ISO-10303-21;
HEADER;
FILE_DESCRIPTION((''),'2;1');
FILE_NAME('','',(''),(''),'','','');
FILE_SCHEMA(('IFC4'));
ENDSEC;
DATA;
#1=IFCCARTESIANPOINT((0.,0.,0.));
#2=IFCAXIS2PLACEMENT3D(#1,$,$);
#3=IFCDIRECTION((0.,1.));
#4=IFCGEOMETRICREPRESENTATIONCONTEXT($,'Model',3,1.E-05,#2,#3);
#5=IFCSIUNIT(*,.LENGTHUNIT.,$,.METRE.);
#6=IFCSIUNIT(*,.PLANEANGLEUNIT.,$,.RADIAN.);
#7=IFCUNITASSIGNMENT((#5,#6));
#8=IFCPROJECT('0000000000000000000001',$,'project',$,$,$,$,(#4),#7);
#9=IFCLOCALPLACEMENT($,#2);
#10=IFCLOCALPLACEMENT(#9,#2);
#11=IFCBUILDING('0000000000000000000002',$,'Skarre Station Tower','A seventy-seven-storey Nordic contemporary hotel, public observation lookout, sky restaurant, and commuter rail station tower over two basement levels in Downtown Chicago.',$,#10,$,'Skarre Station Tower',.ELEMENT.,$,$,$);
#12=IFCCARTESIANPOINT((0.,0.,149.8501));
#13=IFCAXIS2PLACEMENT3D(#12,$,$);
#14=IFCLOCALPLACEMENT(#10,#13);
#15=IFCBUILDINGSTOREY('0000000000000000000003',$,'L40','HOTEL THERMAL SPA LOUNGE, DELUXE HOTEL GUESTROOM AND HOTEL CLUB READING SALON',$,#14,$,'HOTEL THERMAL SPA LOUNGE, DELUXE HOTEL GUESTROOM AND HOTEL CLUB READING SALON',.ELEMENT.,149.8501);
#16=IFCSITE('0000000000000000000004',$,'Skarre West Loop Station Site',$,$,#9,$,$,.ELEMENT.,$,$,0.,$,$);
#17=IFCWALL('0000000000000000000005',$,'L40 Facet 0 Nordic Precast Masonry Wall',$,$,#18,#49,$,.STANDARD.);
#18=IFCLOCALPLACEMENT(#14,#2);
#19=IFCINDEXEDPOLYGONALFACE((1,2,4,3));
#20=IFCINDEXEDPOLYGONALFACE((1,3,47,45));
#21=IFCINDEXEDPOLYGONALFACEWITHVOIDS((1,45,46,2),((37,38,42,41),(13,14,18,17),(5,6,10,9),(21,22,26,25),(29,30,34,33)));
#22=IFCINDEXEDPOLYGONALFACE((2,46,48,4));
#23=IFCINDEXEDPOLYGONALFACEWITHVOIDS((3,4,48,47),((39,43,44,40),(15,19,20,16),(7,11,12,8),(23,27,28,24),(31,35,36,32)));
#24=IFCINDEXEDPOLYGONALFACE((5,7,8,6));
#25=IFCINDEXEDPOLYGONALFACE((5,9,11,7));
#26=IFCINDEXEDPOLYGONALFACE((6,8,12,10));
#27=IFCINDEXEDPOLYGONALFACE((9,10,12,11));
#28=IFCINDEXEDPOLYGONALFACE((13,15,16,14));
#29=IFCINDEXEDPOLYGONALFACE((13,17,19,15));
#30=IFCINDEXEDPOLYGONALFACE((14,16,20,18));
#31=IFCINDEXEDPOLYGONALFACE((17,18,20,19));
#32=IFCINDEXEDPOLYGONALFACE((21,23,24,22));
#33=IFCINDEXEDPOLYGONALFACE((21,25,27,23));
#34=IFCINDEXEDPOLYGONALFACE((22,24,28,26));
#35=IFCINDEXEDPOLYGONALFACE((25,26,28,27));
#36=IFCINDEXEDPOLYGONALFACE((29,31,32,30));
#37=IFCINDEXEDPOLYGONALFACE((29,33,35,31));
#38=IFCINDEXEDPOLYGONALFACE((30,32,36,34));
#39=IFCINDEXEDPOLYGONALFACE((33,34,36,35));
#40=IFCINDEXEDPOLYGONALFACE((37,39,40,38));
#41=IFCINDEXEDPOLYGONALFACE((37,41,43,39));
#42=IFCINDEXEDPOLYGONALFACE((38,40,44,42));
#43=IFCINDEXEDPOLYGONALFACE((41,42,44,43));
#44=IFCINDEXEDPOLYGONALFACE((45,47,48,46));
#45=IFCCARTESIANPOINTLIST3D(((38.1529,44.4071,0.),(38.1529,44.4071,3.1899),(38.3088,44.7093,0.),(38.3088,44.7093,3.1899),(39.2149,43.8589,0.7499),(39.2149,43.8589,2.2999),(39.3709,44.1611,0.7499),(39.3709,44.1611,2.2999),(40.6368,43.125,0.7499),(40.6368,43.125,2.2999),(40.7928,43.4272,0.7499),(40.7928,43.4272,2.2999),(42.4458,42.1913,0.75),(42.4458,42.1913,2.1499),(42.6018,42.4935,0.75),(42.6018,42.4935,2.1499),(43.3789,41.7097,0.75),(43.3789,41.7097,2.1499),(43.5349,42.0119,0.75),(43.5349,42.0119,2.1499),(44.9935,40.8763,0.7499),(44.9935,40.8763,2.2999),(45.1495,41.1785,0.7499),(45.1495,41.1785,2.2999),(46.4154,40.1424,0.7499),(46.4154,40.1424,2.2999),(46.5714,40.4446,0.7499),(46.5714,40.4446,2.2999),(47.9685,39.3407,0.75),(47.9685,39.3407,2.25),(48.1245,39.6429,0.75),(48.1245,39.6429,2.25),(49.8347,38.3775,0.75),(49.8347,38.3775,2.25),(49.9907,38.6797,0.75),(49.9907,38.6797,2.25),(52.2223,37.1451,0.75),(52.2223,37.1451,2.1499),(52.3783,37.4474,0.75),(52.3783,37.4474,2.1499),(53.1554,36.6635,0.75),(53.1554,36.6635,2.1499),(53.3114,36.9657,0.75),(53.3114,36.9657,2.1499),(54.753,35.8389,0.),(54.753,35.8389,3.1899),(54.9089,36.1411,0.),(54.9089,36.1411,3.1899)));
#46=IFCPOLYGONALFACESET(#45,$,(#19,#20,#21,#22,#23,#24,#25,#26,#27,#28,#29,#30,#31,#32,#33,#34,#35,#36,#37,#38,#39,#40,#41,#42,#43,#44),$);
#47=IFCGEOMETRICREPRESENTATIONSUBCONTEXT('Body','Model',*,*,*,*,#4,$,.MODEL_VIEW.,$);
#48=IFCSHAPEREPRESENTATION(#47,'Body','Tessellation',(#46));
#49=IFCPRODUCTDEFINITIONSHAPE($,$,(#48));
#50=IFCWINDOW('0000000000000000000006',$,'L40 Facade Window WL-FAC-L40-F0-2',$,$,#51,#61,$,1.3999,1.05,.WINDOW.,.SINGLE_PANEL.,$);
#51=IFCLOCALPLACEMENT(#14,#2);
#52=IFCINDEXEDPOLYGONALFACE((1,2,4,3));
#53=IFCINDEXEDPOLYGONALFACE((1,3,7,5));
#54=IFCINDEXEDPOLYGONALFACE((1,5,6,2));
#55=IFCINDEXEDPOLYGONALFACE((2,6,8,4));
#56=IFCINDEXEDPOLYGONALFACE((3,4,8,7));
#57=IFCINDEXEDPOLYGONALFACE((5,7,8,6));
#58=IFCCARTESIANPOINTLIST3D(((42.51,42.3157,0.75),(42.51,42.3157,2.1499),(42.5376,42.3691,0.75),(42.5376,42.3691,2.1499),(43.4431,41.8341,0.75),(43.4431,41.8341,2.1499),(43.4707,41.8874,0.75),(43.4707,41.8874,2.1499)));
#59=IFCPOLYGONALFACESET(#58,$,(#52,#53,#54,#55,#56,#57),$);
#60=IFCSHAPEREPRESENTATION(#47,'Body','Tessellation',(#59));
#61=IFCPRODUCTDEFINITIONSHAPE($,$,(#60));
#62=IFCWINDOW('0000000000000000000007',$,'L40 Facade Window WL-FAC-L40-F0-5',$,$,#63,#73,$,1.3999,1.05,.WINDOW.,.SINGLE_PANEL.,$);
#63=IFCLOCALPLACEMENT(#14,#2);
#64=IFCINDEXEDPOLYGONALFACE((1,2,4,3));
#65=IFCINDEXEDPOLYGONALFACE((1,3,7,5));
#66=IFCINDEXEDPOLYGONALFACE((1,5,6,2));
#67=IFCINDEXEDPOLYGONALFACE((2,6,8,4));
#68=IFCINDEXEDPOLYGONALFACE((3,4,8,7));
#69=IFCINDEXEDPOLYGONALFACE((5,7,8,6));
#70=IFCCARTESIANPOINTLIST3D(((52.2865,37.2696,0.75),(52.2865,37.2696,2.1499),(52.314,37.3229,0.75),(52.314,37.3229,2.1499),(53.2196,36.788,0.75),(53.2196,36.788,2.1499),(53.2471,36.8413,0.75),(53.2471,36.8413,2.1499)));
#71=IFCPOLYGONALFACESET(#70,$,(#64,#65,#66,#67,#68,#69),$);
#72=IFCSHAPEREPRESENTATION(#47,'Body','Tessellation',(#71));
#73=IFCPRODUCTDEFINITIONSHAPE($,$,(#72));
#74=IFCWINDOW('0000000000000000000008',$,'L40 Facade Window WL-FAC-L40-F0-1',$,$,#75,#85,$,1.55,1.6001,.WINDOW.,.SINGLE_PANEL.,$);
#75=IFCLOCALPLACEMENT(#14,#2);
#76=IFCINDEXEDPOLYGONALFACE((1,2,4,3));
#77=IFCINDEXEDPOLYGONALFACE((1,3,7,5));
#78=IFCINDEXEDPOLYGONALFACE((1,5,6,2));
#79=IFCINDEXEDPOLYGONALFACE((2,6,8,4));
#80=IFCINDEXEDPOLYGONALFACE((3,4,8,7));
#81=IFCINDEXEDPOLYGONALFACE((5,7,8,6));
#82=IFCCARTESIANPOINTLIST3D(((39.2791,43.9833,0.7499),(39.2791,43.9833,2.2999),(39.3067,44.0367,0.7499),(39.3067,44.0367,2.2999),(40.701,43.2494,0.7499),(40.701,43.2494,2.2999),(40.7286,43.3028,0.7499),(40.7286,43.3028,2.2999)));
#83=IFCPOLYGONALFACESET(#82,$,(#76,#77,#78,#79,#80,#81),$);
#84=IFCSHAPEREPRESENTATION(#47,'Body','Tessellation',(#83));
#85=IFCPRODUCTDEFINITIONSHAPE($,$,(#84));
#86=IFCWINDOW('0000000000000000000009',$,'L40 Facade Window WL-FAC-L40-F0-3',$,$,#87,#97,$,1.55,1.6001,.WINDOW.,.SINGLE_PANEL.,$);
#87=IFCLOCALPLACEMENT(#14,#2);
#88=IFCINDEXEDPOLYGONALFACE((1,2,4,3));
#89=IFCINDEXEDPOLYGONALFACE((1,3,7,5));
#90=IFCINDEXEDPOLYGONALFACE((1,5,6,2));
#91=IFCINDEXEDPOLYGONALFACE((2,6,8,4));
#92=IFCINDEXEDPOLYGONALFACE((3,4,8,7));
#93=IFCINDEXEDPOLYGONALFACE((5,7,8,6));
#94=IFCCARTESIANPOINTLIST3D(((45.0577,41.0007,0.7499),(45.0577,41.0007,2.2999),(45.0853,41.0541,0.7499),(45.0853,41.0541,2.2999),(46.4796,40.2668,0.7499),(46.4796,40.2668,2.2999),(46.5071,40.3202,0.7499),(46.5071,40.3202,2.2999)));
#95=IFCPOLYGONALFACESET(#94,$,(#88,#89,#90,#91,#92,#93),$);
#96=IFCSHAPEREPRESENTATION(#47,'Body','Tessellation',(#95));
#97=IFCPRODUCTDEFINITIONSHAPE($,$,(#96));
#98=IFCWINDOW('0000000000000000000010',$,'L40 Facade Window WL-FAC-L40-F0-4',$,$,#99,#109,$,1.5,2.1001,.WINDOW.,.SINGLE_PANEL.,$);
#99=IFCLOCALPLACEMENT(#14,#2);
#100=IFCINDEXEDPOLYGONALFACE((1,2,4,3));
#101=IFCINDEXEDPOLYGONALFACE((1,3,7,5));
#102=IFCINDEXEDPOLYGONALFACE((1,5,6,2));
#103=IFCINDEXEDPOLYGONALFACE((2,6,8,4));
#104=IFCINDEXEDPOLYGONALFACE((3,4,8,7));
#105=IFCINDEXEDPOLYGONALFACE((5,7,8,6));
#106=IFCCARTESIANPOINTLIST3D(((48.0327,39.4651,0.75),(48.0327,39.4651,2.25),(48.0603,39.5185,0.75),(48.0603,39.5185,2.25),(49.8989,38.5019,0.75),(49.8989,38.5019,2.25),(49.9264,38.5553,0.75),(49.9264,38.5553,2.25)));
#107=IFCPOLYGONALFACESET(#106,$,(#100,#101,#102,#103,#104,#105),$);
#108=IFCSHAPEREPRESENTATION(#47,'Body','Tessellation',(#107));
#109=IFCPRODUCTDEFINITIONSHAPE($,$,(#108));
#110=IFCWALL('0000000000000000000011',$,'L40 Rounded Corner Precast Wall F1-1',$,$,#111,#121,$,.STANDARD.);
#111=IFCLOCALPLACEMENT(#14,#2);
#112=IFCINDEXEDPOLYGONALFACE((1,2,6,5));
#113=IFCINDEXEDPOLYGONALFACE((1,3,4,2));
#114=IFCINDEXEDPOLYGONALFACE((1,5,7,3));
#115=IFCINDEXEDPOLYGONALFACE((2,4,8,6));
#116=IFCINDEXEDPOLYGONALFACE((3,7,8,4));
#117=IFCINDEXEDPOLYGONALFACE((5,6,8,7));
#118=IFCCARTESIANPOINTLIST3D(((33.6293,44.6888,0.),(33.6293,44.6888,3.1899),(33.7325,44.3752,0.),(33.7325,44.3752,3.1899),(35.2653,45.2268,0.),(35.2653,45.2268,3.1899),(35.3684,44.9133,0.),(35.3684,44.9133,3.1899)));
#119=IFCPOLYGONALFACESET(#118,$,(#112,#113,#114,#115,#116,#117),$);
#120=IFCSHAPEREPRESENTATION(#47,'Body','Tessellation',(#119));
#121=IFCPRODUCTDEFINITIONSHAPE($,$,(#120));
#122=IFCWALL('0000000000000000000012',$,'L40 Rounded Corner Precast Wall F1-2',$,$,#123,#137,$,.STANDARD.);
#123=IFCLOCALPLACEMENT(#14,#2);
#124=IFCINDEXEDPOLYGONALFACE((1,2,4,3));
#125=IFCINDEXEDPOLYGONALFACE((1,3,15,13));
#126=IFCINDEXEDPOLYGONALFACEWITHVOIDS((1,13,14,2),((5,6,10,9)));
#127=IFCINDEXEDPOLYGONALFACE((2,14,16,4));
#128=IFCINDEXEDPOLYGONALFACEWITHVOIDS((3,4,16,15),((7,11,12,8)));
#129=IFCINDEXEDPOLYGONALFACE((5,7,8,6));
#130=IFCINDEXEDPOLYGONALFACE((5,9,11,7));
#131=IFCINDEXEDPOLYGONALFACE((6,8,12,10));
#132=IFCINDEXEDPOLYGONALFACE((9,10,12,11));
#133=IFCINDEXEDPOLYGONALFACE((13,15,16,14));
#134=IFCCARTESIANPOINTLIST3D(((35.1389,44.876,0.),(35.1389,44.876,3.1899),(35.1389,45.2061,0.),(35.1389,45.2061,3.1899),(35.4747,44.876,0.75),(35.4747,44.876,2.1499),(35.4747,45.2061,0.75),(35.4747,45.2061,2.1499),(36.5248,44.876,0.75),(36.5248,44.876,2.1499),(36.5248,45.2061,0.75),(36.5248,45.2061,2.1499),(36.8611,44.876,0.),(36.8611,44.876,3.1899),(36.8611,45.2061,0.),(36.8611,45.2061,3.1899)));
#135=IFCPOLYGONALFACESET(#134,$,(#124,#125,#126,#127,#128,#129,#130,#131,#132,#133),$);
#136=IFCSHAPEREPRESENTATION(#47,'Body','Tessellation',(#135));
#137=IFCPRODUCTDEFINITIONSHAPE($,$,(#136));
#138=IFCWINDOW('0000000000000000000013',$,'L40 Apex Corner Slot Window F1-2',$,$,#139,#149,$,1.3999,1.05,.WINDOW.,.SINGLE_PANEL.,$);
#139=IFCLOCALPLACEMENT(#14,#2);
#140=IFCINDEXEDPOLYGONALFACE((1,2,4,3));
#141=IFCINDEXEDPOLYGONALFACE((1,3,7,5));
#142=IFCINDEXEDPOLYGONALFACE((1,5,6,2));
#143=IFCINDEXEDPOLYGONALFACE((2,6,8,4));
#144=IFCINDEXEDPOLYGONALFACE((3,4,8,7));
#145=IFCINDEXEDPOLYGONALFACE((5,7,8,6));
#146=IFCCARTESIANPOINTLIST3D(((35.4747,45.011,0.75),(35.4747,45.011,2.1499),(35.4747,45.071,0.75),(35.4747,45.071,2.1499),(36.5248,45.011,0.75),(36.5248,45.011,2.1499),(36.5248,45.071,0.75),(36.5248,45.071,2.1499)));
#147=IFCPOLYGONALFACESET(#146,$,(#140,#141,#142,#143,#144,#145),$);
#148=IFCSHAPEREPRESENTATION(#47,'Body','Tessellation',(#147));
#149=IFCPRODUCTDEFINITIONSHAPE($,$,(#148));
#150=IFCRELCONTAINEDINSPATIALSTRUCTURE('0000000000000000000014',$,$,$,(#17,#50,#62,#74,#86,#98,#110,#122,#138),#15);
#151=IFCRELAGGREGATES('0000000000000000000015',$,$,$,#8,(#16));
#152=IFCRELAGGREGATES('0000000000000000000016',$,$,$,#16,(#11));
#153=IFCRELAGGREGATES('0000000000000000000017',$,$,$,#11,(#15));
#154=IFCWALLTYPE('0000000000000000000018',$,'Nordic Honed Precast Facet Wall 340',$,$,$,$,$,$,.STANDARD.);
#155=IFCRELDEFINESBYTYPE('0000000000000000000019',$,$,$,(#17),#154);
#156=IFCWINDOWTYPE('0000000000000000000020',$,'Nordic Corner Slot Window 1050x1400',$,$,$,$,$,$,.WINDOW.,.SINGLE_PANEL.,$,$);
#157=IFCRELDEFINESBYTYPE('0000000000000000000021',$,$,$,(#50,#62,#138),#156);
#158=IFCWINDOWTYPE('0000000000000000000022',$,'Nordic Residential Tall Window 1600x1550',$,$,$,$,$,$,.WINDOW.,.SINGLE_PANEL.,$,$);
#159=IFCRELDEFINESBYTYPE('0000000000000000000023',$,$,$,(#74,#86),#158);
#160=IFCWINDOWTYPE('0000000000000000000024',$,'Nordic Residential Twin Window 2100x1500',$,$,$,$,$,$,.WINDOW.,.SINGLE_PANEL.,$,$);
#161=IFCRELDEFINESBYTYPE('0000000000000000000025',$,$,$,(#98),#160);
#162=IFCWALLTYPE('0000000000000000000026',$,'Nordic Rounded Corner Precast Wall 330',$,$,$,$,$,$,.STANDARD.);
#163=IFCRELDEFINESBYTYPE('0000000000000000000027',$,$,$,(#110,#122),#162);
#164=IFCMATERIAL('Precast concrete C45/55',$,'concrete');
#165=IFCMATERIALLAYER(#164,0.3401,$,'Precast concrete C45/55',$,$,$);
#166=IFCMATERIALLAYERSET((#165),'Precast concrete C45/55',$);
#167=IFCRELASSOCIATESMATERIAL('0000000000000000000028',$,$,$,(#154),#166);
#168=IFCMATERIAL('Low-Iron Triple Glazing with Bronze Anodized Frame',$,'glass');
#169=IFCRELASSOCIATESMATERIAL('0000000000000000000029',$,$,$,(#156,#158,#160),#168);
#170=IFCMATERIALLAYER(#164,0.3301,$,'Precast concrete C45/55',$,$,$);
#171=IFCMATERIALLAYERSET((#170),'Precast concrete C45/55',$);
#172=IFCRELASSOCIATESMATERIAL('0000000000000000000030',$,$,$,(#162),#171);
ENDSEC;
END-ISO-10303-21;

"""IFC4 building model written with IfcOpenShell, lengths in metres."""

from ifc_helpers import new_model, si_unit, direction, frame, frame_2d, origin, place, context, subcontext, project, spatial, rectangle, extrude, material, layer, layer_set, type_object, element, fill, save


model = new_model("IFC4")

# Units and contexts
model_context = context("Model", 3, precision=1e-05, world=origin(), true_north=direction((0.0, 1.0)))
body_context = subcontext(model_context, "Body", "Model", "MODEL_VIEW")
ifc_project = project(units=[si_unit("LENGTHUNIT", "METRE"), si_unit("PLANEANGLEUNIT", "RADIAN")], contexts=[model_context])

# Site, building, storey
site_placement = place(None, origin())
site = spatial("IfcSite", under=ifc_project, at=site_placement, Name="Skarre West Loop Station Site", CompositionType="ELEMENT", RefElevation=0.0)
building_placement = place(site_placement, origin())
building = spatial("IfcBuilding", under=site, at=building_placement, Name="Skarre Station Tower", Description="A seventy-seven-storey Nordic contemporary hotel, public observation lookout, sky restaurant, and commuter rail station tower over two basement levels in Downtown Chicago.", LongName="Skarre Station Tower", CompositionType="ELEMENT")
storey_placement = place(building_placement, frame((0.0, 0.0, 149.8501)))
storey = spatial("IfcBuildingStorey", under=building, at=storey_placement, Name="L40", Description="HOTEL THERMAL SPA LOUNGE, DELUXE HOTEL GUESTROOM AND HOTEL CLUB READING SALON", LongName="HOTEL THERMAL SPA LOUNGE, DELUXE HOTEL GUESTROOM AND HOTEL CLUB READING SALON", CompositionType="ELEMENT", Elevation=149.8501)

# Wall, openings, windows
ifc_material_1 = material(Name="Precast concrete C45/55", Category="concrete")
ifc_layer_1 = layer(ifc_material_1, 0.3401, Name="Precast concrete C45/55")
ifc_layer_set_1 = layer_set([ifc_layer_1], Name="Precast concrete C45/55")
wall_type_1 = type_object("IfcWallType", Name="Nordic Honed Precast Facet Wall 340", PredefinedType="STANDARD", material=ifc_layer_set_1)
wall_1_placement = place(storey_placement, frame((38.231, 44.5581, 0.0), z_axis=(0.0, 0.0, 1.0), x_axis=(0.888614, -0.458657, 0.0)))
wall_1 = element("IfcWall", 1, at=wall_1_placement, inside=storey, type_object=wall_type_1, Name="L40 Facet 0 Nordic Precast Masonry Wall", PredefinedType="STANDARD", context=body_context, shape_type="SweptSolid", body=[
    extrude(rectangle(XDim=18.6809, YDim=0.3401, at=frame_2d((9.3403, 0.0))), origin(), (0.0, 0.0, 1.0), 3.1899),
])
opening_1_placement = place(wall_1_placement, frame((1.1951, 0.0, 0.75)))
opening_1 = element("IfcOpeningElement", 2, at=opening_1_placement, cuts=wall_1, PredefinedType="OPENING", context=body_context, shape_type="SweptSolid", body=[
    extrude(rectangle(XDim=1.6001, YDim=1.55, at=frame_2d((0.8, 0.7749))), frame((0.0, 0.1799, 0.0), z_axis=(0.0, -1.0, 0.0), x_axis=(1.0, 0.0, 0.0)), (0.0, 0.0, 1.0), 0.3601),
])
opening_2_placement = place(wall_1_placement, frame((4.8311, 0.0, 0.75)))
opening_2 = element("IfcOpeningElement", 3, at=opening_2_placement, cuts=wall_1, PredefinedType="OPENING", context=body_context, shape_type="SweptSolid", body=[
    extrude(rectangle(XDim=1.05, YDim=1.3999, at=frame_2d((0.5249, 0.7))), frame((0.0, 0.1799, 0.0), z_axis=(0.0, -1.0, 0.0), x_axis=(1.0, 0.0, 0.0)), (0.0, 0.0, 1.0), 0.3601),
])
opening_3_placement = place(wall_1_placement, frame((7.698, 0.0, 0.75)))
opening_3 = element("IfcOpeningElement", 4, at=opening_3_placement, cuts=wall_1, PredefinedType="OPENING", context=body_context, shape_type="SweptSolid", body=[
    extrude(rectangle(XDim=1.6001, YDim=1.55, at=frame_2d((0.8, 0.7749))), frame((0.0, 0.1799, 0.0), z_axis=(0.0, -1.0, 0.0), x_axis=(1.0, 0.0, 0.0)), (0.0, 0.0, 1.0), 0.3601),
])
opening_4_placement = place(wall_1_placement, frame((11.0459, 0.0, 0.75)))
opening_4 = element("IfcOpeningElement", 5, at=opening_4_placement, cuts=wall_1, PredefinedType="OPENING", context=body_context, shape_type="SweptSolid", body=[
    extrude(rectangle(XDim=2.1001, YDim=1.5, at=frame_2d((1.05, 0.75))), frame((0.0, 0.1799, 0.0), z_axis=(0.0, -1.0, 0.0), x_axis=(1.0, 0.0, 0.0)), (0.0, 0.0, 1.0), 0.3601),
])
opening_5_placement = place(wall_1_placement, frame((15.833, 0.0, 0.75)))
opening_5 = element("IfcOpeningElement", 6, at=opening_5_placement, cuts=wall_1, PredefinedType="OPENING", context=body_context, shape_type="SweptSolid", body=[
    extrude(rectangle(XDim=1.05, YDim=1.3999, at=frame_2d((0.5249, 0.7))), frame((0.0, 0.1799, 0.0), z_axis=(0.0, -1.0, 0.0), x_axis=(1.0, 0.0, 0.0)), (0.0, 0.0, 1.0), 0.3601),
])
ifc_material_2 = material(Name="Low-Iron Triple Glazing with Bronze Anodized Frame", Category="glass")
window_type_1 = type_object("IfcWindowType", Name="Nordic Corner Slot Window 1050x1400", PartitioningType="SINGLE_PANEL", PredefinedType="WINDOW", material=ifc_material_2)
window_1_placement = place(opening_2_placement, origin())
window_1 = element("IfcWindow", 7, at=window_1_placement, inside=storey, type_object=window_type_1, Name="L40 Facade Window WL-FAC-L40-F0-2", OverallHeight=1.3999, OverallWidth=1.05, PartitioningType="SINGLE_PANEL", PredefinedType="WINDOW", context=body_context, shape_type="SweptSolid", body=[
    extrude(rectangle(XDim=1.05, YDim=1.3999, at=frame_2d((0.5249, 0.7))), frame((0.0, 0.03, 0.0), z_axis=(0.0, -1.0, 0.0), x_axis=(1.0, 0.0, 0.0)), (0.0, 0.0, 1.0), 0.0601),
])
fill(opening_2, window_1)
window_2_placement = place(opening_5_placement, origin())
window_2 = element("IfcWindow", 8, at=window_2_placement, inside=storey, type_object=window_type_1, Name="L40 Facade Window WL-FAC-L40-F0-5", OverallHeight=1.3999, OverallWidth=1.05, PartitioningType="SINGLE_PANEL", PredefinedType="WINDOW", context=body_context, shape_type="SweptSolid", body=[
    extrude(rectangle(XDim=1.05, YDim=1.3999, at=frame_2d((0.5249, 0.7))), frame((0.0, 0.03, 0.0), z_axis=(0.0, -1.0, 0.0), x_axis=(1.0, 0.0, 0.0)), (0.0, 0.0, 1.0), 0.0601),
])
fill(opening_5, window_2)
window_type_2 = type_object("IfcWindowType", Name="Nordic Residential Tall Window 1600x1550", PartitioningType="SINGLE_PANEL", PredefinedType="WINDOW", material=ifc_material_2)
window_3_placement = place(opening_1_placement, origin())
window_3 = element("IfcWindow", 9, at=window_3_placement, inside=storey, type_object=window_type_2, Name="L40 Facade Window WL-FAC-L40-F0-1", OverallHeight=1.55, OverallWidth=1.6001, PartitioningType="SINGLE_PANEL", PredefinedType="WINDOW", context=body_context, shape_type="SweptSolid", body=[
    extrude(rectangle(XDim=1.6001, YDim=1.55, at=frame_2d((0.8, 0.7749))), frame((0.0, 0.03, 0.0), z_axis=(0.0, -1.0, 0.0), x_axis=(1.0, 0.0, 0.0)), (0.0, 0.0, 1.0), 0.0601),
])
fill(opening_1, window_3)
window_4_placement = place(opening_3_placement, origin())
window_4 = element("IfcWindow", 10, at=window_4_placement, inside=storey, type_object=window_type_2, Name="L40 Facade Window WL-FAC-L40-F0-3", OverallHeight=1.55, OverallWidth=1.6001, PartitioningType="SINGLE_PANEL", PredefinedType="WINDOW", context=body_context, shape_type="SweptSolid", body=[
    extrude(rectangle(XDim=1.6001, YDim=1.55, at=frame_2d((0.8, 0.7749))), frame((0.0, 0.03, 0.0), z_axis=(0.0, -1.0, 0.0), x_axis=(1.0, 0.0, 0.0)), (0.0, 0.0, 1.0), 0.0601),
])
fill(opening_3, window_4)
window_type_3 = type_object("IfcWindowType", Name="Nordic Residential Twin Window 2100x1500", PartitioningType="SINGLE_PANEL", PredefinedType="WINDOW", material=ifc_material_2)
window_5_placement = place(opening_4_placement, origin())
window_5 = element("IfcWindow", 11, at=window_5_placement, inside=storey, type_object=window_type_3, Name="L40 Facade Window WL-FAC-L40-F0-4", OverallHeight=1.5, OverallWidth=2.1001, PartitioningType="SINGLE_PANEL", PredefinedType="WINDOW", context=body_context, shape_type="SweptSolid", body=[
    extrude(rectangle(XDim=2.1001, YDim=1.5, at=frame_2d((1.05, 0.75))), frame((0.0, 0.03, 0.0), z_axis=(0.0, -1.0, 0.0), x_axis=(1.0, 0.0, 0.0)), (0.0, 0.0, 1.0), 0.0601),
])
fill(opening_4, window_5)

# Wall
ifc_layer_2 = layer(ifc_material_1, 0.3301, Name="Precast concrete C45/55")
ifc_layer_set_2 = layer_set([ifc_layer_2], Name="Precast concrete C45/55")
wall_type_2 = type_object("IfcWallType", Name="Nordic Rounded Corner Precast Wall 330", PredefinedType="STANDARD", material=ifc_layer_set_2)
wall_2_placement = place(storey_placement, frame((33.6809, 44.532, 0.0), z_axis=(0.0, 0.0, 1.0), x_axis=(0.949937, 0.31244, 0.0)))
element("IfcWall", 12, at=wall_2_placement, inside=storey, type_object=wall_type_2, Name="L40 Rounded Corner Precast Wall F1-1", PredefinedType="STANDARD", context=body_context, shape_type="SweptSolid", body=[
    extrude(rectangle(XDim=1.7222, YDim=0.3301, at=frame_2d((0.8611, 0.0))), origin(), (0.0, 0.0, 1.0), 3.1899),
])

# Wall, opening, window
wall_3_placement = place(storey_placement, frame((35.1389, 45.041, 0.0), z_axis=(0.0, 0.0, 1.0), x_axis=(1.0, 0.0, 0.0)))
wall_3 = element("IfcWall", 13, at=wall_3_placement, inside=storey, type_object=wall_type_2, Name="L40 Rounded Corner Precast Wall F1-2", PredefinedType="STANDARD", context=body_context, shape_type="SweptSolid", body=[
    extrude(rectangle(XDim=1.7222, YDim=0.3301, at=frame_2d((0.8611, 0.0))), origin(), (0.0, 0.0, 1.0), 3.1899),
])
opening_6_placement = place(wall_3_placement, frame((0.3359, 0.0, 0.75)))
opening_6 = element("IfcOpeningElement", 14, at=opening_6_placement, cuts=wall_3, PredefinedType="OPENING", context=body_context, shape_type="SweptSolid", body=[
    extrude(rectangle(XDim=1.05, YDim=1.3999, at=frame_2d((0.5249, 0.7))), frame((0.0, 0.175, 0.0), z_axis=(0.0, -1.0, 0.0), x_axis=(1.0, 0.0, 0.0)), (0.0, 0.0, 1.0), 0.3501),
])
window_6_placement = place(opening_6_placement, origin())
window_6 = element("IfcWindow", 15, at=window_6_placement, inside=storey, type_object=window_type_1, Name="L40 Apex Corner Slot Window F1-2", OverallHeight=1.3999, OverallWidth=1.05, PartitioningType="SINGLE_PANEL", PredefinedType="WINDOW", context=body_context, shape_type="SweptSolid", body=[
    extrude(rectangle(XDim=1.05, YDim=1.3999, at=frame_2d((0.5249, 0.7))), frame((0.0, 0.03, 0.0), z_axis=(0.0, -1.0, 0.0), x_axis=(1.0, 0.0, 0.0)), (0.0, 0.0, 1.0), 0.0601),
])
fill(opening_6, window_6)

save(model, "model.ifc")
